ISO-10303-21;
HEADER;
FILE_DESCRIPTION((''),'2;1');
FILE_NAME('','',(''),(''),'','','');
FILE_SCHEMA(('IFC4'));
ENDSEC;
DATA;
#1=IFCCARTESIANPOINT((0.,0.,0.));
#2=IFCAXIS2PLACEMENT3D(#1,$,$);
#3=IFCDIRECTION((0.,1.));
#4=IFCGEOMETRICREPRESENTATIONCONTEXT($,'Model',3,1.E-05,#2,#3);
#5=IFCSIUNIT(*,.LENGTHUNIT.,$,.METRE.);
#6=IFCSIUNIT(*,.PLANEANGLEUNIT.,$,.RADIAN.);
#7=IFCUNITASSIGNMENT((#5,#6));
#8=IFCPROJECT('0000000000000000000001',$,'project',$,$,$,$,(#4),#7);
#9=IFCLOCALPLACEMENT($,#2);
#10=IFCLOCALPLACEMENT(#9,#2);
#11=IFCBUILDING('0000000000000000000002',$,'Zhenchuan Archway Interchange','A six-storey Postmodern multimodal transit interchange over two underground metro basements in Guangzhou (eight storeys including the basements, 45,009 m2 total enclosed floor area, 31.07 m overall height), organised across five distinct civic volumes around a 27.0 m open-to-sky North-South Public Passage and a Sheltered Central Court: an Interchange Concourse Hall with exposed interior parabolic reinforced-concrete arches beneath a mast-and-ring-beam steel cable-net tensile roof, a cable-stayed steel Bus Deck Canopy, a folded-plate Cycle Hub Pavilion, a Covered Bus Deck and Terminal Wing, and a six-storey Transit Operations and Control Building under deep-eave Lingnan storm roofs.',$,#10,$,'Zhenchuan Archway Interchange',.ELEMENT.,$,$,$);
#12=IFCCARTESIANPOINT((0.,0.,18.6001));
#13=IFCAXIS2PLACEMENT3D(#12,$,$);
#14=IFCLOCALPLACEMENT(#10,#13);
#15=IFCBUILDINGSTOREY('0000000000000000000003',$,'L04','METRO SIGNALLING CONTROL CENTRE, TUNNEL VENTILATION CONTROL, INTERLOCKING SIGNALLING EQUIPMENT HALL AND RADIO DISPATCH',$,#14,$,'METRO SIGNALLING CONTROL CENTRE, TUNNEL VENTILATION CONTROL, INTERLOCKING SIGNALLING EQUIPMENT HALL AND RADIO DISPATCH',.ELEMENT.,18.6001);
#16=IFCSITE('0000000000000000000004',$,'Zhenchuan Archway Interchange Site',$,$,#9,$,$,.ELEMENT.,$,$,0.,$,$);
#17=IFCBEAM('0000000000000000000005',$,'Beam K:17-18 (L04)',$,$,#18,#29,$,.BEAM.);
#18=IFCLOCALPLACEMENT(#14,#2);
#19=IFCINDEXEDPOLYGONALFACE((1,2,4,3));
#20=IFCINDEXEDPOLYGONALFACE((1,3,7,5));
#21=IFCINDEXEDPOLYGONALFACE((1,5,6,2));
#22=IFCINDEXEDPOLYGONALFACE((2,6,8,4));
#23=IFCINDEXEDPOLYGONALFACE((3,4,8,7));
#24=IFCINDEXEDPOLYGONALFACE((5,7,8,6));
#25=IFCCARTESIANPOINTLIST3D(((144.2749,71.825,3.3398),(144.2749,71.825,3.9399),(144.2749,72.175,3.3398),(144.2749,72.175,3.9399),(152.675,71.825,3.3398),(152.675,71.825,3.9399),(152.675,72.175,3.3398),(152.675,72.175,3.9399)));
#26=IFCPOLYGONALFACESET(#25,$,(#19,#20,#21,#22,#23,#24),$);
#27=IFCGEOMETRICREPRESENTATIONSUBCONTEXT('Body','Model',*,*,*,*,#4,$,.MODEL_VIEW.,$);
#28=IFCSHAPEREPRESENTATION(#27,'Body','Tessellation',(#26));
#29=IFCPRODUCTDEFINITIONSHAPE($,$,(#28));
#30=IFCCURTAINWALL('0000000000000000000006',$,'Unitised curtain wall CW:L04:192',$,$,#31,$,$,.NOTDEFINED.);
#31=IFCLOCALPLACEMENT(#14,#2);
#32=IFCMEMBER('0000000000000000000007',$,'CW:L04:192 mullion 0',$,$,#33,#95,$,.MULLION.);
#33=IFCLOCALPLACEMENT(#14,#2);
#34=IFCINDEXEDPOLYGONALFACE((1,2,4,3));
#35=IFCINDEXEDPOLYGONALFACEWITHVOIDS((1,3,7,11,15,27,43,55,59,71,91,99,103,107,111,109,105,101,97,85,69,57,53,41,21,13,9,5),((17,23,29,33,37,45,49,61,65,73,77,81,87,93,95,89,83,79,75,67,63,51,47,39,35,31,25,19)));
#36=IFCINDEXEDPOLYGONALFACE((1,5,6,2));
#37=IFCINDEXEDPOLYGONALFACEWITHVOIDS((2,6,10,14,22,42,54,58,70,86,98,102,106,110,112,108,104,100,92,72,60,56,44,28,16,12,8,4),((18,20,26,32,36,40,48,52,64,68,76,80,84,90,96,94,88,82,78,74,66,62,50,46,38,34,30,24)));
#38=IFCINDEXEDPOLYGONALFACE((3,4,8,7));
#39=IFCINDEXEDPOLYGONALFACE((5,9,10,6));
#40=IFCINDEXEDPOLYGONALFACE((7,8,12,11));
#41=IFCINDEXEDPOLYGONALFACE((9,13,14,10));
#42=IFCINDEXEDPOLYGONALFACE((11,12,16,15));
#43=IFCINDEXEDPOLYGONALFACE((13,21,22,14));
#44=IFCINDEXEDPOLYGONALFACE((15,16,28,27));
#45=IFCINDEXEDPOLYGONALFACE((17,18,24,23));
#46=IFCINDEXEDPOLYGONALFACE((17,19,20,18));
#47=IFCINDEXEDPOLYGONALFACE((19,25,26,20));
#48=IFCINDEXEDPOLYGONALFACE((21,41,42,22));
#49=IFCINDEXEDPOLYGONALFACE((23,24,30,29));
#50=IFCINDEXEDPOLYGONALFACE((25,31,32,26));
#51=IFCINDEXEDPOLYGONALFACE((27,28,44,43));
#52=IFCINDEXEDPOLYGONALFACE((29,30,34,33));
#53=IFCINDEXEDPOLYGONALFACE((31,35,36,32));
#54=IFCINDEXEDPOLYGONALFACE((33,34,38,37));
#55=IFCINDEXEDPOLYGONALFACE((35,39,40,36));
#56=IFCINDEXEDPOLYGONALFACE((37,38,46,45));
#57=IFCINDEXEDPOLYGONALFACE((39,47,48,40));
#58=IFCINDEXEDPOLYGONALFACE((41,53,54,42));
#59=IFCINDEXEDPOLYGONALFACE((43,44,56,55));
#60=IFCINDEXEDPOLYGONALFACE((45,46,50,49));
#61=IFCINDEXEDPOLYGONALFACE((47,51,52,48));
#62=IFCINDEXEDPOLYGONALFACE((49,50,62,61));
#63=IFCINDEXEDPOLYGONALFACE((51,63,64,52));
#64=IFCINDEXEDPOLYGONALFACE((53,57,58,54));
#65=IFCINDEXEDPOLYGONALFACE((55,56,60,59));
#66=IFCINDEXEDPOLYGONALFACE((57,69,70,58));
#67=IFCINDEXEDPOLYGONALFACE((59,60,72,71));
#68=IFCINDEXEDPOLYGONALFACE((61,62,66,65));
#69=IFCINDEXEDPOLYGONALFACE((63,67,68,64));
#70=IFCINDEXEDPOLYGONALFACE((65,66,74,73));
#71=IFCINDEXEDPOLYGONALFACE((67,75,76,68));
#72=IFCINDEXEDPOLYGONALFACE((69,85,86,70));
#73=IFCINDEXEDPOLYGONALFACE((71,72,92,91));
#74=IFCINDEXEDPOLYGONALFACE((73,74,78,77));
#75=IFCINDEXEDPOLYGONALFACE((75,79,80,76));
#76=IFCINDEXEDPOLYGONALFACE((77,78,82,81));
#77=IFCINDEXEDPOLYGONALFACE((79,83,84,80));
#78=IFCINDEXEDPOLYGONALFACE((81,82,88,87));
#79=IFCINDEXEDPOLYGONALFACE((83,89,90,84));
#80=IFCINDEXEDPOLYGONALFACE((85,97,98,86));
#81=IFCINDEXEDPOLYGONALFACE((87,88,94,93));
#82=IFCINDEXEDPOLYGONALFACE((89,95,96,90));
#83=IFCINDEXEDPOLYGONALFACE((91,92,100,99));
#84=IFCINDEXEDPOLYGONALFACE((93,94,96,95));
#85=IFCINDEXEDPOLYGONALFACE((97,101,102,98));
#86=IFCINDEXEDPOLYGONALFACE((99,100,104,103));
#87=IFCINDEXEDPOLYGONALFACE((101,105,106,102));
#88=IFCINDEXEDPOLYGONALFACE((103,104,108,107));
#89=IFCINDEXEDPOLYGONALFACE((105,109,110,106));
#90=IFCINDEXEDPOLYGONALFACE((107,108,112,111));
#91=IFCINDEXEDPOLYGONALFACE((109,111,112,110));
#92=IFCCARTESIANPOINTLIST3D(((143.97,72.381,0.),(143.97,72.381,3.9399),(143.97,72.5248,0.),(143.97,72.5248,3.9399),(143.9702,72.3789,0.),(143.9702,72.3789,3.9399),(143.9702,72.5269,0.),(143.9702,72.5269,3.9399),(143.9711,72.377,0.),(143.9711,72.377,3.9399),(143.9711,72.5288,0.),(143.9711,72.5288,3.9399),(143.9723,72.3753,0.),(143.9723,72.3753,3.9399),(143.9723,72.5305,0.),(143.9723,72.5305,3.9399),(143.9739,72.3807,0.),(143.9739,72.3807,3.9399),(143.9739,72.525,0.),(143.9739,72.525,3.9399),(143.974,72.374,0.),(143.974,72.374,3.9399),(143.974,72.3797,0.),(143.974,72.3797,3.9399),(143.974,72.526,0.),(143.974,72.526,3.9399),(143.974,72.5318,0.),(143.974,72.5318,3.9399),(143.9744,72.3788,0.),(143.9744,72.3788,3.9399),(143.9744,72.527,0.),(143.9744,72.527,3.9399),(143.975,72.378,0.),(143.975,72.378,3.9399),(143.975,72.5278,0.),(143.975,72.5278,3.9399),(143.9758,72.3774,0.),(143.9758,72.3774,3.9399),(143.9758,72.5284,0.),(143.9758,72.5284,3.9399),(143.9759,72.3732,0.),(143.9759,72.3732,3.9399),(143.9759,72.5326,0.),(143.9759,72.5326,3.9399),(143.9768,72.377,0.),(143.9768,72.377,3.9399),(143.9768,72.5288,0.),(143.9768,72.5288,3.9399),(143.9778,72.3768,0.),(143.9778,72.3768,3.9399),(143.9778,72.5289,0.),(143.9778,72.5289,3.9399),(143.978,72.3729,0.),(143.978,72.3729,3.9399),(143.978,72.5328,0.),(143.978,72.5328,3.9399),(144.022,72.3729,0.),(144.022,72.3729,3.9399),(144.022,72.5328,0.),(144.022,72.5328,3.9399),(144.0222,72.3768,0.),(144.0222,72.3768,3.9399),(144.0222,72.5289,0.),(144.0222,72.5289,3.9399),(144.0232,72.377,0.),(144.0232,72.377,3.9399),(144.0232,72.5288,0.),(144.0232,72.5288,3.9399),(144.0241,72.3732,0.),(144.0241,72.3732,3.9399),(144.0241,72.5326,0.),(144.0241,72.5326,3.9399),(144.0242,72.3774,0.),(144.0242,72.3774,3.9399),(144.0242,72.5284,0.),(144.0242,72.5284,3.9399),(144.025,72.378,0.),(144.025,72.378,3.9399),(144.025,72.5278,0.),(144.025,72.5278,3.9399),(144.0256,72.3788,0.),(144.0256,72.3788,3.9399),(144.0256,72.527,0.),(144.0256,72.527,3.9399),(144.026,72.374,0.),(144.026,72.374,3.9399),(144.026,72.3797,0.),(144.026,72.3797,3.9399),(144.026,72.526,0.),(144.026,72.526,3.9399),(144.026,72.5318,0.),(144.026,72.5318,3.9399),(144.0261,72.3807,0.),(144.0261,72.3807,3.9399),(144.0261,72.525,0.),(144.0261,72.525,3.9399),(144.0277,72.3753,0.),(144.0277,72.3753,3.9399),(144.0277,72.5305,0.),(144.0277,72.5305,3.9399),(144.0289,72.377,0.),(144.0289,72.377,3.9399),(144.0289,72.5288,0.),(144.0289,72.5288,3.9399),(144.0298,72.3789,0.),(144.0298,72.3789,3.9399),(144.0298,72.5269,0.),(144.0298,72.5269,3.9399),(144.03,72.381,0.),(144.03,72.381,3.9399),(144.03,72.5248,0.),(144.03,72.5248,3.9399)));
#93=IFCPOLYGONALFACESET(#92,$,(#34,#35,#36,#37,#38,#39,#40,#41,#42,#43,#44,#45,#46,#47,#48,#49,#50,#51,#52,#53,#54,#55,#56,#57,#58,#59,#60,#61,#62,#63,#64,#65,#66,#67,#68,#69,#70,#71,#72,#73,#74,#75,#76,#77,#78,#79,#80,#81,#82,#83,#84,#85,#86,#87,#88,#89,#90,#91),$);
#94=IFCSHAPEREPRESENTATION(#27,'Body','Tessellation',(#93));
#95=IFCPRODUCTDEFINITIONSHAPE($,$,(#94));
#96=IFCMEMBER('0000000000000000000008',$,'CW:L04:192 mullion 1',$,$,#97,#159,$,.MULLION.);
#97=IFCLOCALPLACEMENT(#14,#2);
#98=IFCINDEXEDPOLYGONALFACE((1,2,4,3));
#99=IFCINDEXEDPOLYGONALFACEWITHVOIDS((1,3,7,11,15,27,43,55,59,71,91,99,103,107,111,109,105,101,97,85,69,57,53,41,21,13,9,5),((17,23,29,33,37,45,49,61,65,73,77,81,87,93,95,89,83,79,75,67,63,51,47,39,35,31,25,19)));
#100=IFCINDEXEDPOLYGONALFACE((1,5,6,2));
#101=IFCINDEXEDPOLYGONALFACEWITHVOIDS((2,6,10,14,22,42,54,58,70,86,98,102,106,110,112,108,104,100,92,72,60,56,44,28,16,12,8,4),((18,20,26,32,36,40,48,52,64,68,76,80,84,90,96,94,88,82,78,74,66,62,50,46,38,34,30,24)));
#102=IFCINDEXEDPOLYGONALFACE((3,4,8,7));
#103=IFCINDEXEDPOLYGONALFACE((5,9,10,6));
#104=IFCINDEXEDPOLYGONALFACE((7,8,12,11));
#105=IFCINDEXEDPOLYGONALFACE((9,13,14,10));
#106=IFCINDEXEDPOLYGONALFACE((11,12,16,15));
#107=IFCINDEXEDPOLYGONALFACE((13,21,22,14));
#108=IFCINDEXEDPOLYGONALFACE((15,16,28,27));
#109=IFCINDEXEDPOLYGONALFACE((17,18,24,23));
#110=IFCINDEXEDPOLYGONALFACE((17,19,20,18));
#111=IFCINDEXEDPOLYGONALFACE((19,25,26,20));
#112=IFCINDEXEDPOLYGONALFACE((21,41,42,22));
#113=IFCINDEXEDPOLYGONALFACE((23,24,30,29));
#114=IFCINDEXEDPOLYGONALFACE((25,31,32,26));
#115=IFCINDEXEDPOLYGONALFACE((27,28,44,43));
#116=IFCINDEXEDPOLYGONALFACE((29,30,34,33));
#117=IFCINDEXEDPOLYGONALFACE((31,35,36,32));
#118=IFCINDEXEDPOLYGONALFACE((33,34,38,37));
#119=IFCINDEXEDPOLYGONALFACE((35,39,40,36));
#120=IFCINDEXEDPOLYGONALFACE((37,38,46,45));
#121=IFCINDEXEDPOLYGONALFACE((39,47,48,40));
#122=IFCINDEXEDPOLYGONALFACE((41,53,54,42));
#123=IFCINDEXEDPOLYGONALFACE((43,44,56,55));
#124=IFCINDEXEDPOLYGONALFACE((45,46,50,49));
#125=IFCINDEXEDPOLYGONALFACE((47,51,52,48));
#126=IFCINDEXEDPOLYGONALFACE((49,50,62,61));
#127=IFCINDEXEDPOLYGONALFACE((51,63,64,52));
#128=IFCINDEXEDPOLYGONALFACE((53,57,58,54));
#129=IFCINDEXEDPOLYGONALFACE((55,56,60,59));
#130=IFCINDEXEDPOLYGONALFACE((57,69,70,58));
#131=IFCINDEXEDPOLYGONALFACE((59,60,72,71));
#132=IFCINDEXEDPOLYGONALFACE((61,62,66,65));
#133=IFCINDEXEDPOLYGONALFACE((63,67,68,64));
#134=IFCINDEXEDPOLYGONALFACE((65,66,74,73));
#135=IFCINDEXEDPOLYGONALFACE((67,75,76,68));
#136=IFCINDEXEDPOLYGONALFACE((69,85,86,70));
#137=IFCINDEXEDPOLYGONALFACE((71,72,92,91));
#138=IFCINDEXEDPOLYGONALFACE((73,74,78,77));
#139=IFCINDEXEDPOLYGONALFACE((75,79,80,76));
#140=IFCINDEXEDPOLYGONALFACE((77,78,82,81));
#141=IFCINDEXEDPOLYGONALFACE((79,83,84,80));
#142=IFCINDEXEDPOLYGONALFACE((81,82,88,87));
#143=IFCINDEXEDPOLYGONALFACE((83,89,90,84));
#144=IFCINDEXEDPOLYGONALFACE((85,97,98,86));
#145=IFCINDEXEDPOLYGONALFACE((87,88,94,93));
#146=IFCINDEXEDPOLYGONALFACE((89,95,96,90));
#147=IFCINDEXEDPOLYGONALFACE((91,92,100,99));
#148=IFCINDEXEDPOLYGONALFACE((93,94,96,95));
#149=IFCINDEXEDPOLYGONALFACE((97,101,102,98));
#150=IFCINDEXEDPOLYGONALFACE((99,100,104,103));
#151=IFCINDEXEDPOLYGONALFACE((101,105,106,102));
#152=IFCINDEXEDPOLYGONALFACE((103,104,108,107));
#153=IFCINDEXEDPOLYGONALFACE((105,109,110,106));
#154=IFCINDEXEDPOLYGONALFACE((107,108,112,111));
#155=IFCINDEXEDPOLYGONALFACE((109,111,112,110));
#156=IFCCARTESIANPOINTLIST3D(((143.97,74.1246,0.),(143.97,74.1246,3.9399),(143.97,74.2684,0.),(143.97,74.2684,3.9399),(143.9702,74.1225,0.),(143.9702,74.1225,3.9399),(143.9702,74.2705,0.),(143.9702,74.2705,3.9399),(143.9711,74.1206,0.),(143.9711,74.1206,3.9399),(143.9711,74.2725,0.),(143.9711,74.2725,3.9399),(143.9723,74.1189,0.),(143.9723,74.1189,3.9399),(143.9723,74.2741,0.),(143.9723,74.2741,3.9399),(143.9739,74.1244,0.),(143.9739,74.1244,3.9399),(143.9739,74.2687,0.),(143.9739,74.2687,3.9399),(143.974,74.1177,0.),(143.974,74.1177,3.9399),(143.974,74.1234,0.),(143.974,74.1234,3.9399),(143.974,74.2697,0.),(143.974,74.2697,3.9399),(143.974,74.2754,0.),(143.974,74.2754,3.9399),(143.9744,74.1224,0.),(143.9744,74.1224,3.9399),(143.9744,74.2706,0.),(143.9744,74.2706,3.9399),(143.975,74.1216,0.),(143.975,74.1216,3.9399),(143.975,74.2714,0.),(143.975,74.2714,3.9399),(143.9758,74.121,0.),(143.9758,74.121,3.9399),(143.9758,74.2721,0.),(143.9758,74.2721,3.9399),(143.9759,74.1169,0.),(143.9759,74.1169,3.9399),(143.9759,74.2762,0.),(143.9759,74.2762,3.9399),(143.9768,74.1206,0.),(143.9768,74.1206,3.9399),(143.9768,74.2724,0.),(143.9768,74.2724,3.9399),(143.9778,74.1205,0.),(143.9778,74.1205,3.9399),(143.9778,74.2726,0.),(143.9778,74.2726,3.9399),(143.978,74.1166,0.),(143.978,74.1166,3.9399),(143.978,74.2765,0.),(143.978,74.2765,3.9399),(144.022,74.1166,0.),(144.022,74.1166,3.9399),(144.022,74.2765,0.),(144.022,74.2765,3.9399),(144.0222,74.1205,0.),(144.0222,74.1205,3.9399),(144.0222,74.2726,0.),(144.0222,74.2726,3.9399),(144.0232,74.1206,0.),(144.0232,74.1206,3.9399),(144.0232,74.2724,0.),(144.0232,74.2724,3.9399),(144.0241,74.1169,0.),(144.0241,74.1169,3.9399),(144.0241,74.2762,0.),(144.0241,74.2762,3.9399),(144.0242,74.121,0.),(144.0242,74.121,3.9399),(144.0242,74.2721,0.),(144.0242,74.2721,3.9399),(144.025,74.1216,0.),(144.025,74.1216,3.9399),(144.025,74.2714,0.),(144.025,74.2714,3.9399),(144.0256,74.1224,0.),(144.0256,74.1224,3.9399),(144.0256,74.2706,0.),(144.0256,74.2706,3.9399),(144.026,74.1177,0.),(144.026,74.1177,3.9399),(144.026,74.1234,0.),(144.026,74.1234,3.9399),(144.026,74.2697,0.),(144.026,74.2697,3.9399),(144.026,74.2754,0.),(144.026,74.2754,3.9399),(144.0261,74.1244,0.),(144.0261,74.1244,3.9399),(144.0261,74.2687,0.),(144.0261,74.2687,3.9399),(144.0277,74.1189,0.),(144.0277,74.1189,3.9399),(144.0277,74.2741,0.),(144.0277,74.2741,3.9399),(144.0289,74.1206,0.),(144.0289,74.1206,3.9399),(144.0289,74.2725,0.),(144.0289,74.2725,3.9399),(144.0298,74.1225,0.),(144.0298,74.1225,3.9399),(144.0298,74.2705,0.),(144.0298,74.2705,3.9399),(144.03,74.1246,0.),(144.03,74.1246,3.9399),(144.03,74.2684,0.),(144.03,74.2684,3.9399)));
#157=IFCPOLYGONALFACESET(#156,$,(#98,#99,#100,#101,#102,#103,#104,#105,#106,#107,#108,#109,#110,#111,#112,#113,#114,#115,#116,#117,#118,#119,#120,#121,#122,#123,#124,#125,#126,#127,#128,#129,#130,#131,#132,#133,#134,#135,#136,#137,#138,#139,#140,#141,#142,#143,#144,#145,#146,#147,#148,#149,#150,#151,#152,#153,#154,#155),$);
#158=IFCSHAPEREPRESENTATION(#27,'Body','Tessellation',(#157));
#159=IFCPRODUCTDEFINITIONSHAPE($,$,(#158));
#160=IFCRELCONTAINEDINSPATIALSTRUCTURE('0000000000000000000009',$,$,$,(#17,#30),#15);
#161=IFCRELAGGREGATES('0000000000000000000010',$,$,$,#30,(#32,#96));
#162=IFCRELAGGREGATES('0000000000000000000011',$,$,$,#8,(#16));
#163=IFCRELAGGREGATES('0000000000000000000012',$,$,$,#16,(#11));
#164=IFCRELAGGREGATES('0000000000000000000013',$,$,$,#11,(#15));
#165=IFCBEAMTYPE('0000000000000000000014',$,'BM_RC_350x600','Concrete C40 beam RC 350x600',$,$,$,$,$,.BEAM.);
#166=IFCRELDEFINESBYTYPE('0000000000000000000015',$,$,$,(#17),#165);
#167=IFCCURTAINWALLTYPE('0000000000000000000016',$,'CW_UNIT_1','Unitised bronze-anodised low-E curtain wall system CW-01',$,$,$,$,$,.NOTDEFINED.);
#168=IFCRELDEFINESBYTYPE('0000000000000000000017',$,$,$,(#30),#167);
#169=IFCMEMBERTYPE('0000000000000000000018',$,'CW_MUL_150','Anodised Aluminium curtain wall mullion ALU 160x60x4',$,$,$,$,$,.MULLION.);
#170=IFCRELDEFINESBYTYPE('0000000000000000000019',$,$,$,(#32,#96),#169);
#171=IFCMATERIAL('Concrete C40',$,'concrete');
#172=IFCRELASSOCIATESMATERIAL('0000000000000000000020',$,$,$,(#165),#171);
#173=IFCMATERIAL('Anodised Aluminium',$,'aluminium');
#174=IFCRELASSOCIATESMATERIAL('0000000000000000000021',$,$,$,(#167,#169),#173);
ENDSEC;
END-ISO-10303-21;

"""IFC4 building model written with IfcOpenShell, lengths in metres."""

from ifc_helpers import new_model, si_unit, direction, frame, origin, origin_2d, place, context, subcontext, project, spatial, rectangle, hollow_rectangle, extrude, material, material_profile, profile_set, type_object, element, aggregate, save


model = new_model("IFC4")

# Units and contexts
model_context = context("Model", 3, precision=1e-05, world=origin(), true_north=direction((0.0, 1.0)))
body_context = subcontext(model_context, "Body", "Model", "MODEL_VIEW")
ifc_project = project(units=[si_unit("LENGTHUNIT", "METRE"), si_unit("PLANEANGLEUNIT", "RADIAN")], contexts=[model_context])

# Site, building, storey
site_placement = place(None, origin())
site = spatial("IfcSite", under=ifc_project, at=site_placement, Name="Zhenchuan Archway Interchange Site", CompositionType="ELEMENT", RefElevation=0.0)
building_placement = place(site_placement, origin())
building = spatial("IfcBuilding", under=site, at=building_placement, Name="Zhenchuan Archway Interchange", Description="A six-storey Postmodern multimodal transit interchange over two underground metro basements in Guangzhou (eight storeys including the basements, 45,009 m2 total enclosed floor area, 31.07 m overall height), organised across five distinct civic volumes around a 27.0 m open-to-sky North-South Public Passage and a Sheltered Central Court: an Interchange Concourse Hall with exposed interior parabolic reinforced-concrete arches beneath a mast-and-ring-beam steel cable-net tensile roof, a cable-stayed steel Bus Deck Canopy, a folded-plate Cycle Hub Pavilion, a Covered Bus Deck and Terminal Wing, and a six-storey Transit Operations and Control Building under deep-eave Lingnan storm roofs.", LongName="Zhenchuan Archway Interchange", CompositionType="ELEMENT")
storey_placement = place(building_placement, frame((0.0, 0.0, 18.6001)))
storey = spatial("IfcBuildingStorey", under=building, at=storey_placement, Name="L04", Description="METRO SIGNALLING CONTROL CENTRE, TUNNEL VENTILATION CONTROL, INTERLOCKING SIGNALLING EQUIPMENT HALL AND RADIO DISPATCH", LongName="METRO SIGNALLING CONTROL CENTRE, TUNNEL VENTILATION CONTROL, INTERLOCKING SIGNALLING EQUIPMENT HALL AND RADIO DISPATCH", CompositionType="ELEMENT", Elevation=18.6001)

# Beam
ifc_material_1 = material(Name="Concrete C40", Category="concrete")
ifc_material_profile_1 = material_profile(ifc_material_1, rectangle(XDim=0.3501, YDim=0.6001, at=origin_2d()), Name="RC 350x600")
ifc_profile_set_1 = profile_set([ifc_material_profile_1], Name="Concrete C40")
beam_type_1 = type_object("IfcBeamType", Name="BM_RC_350x600", Description="Concrete C40 beam RC 350x600", PredefinedType="BEAM", material=ifc_profile_set_1)
beam_1_placement = place(storey_placement, frame((144.2749, 72.0, 3.6399), z_axis=(1.0, 0.0, 0.0), x_axis=(0.0, 1.0, 0.0)))
element("IfcBeam", 1, at=beam_1_placement, inside=storey, type_object=beam_type_1, Name="Beam K:17-18 (L04)", PredefinedType="BEAM", context=body_context, shape_type="SweptSolid", body=[
    extrude(rectangle(XDim=0.3501, YDim=0.6001, at=origin_2d()), origin(), (0.0, 0.0, 1.0), 8.4001),
])

# Curtain wall, members
ifc_material_2 = material(Name="Anodised Aluminium", Category="aluminium")
curtain_wall_type = type_object("IfcCurtainWallType", Name="CW_UNIT_1", Description="Unitised bronze-anodised low-E curtain wall system CW-01", PredefinedType="NOTDEFINED", material=ifc_material_2)
curtain_wall_placement = place(storey_placement, origin())
curtain_wall = element("IfcCurtainWall", 2, at=curtain_wall_placement, inside=storey, type_object=curtain_wall_type, Name="Unitised curtain wall CW:L04:192", PredefinedType="NOTDEFINED")
ifc_material_profile_2 = material_profile(ifc_material_2, hollow_rectangle(XDim=0.0601, YDim=0.1599, WallThickness=0.0039, InnerFilletRadius=0.0039, OuterFilletRadius=0.0081, at=origin_2d()), Name="ALU 160x60x4")
ifc_profile_set_2 = profile_set([ifc_material_profile_2], Name="Anodised Aluminium")
member_type_1 = type_object("IfcMemberType", Name="CW_MUL_150", Description="Anodised Aluminium curtain wall mullion ALU 160x60x4", PredefinedType="MULLION", material=ifc_profile_set_2)
member_1_placement = place(storey_placement, frame((144.0, 72.4529, 0.0), z_axis=(0.0, 0.0, 1.0), x_axis=(1.0, 0.0, 0.0)))
member_1 = element("IfcMember", 3, at=member_1_placement, type_object=member_type_1, Name="CW:L04:192 mullion 0", PredefinedType="MULLION", context=body_context, shape_type="SweptSolid", body=[
    extrude(hollow_rectangle(XDim=0.0601, YDim=0.1599, WallThickness=0.0039, InnerFilletRadius=0.0039, OuterFilletRadius=0.0081, at=origin_2d()), origin(), (0.0, 0.0, 1.0), 3.9399),
])
member_2_placement = place(storey_placement, frame((144.0, 74.1965, 0.0), z_axis=(0.0, 0.0, 1.0), x_axis=(1.0, 0.0, 0.0)))
member_2 = element("IfcMember", 4, at=member_2_placement, type_object=member_type_1, Name="CW:L04:192 mullion 1", PredefinedType="MULLION", context=body_context, shape_type="SweptSolid", body=[
    extrude(hollow_rectangle(XDim=0.0601, YDim=0.1599, WallThickness=0.0039, InnerFilletRadius=0.0039, OuterFilletRadius=0.0081, at=origin_2d()), origin(), (0.0, 0.0, 1.0), 3.9399),
])

aggregate(curtain_wall, [member_1, member_2])

save(model, "model.ifc")
